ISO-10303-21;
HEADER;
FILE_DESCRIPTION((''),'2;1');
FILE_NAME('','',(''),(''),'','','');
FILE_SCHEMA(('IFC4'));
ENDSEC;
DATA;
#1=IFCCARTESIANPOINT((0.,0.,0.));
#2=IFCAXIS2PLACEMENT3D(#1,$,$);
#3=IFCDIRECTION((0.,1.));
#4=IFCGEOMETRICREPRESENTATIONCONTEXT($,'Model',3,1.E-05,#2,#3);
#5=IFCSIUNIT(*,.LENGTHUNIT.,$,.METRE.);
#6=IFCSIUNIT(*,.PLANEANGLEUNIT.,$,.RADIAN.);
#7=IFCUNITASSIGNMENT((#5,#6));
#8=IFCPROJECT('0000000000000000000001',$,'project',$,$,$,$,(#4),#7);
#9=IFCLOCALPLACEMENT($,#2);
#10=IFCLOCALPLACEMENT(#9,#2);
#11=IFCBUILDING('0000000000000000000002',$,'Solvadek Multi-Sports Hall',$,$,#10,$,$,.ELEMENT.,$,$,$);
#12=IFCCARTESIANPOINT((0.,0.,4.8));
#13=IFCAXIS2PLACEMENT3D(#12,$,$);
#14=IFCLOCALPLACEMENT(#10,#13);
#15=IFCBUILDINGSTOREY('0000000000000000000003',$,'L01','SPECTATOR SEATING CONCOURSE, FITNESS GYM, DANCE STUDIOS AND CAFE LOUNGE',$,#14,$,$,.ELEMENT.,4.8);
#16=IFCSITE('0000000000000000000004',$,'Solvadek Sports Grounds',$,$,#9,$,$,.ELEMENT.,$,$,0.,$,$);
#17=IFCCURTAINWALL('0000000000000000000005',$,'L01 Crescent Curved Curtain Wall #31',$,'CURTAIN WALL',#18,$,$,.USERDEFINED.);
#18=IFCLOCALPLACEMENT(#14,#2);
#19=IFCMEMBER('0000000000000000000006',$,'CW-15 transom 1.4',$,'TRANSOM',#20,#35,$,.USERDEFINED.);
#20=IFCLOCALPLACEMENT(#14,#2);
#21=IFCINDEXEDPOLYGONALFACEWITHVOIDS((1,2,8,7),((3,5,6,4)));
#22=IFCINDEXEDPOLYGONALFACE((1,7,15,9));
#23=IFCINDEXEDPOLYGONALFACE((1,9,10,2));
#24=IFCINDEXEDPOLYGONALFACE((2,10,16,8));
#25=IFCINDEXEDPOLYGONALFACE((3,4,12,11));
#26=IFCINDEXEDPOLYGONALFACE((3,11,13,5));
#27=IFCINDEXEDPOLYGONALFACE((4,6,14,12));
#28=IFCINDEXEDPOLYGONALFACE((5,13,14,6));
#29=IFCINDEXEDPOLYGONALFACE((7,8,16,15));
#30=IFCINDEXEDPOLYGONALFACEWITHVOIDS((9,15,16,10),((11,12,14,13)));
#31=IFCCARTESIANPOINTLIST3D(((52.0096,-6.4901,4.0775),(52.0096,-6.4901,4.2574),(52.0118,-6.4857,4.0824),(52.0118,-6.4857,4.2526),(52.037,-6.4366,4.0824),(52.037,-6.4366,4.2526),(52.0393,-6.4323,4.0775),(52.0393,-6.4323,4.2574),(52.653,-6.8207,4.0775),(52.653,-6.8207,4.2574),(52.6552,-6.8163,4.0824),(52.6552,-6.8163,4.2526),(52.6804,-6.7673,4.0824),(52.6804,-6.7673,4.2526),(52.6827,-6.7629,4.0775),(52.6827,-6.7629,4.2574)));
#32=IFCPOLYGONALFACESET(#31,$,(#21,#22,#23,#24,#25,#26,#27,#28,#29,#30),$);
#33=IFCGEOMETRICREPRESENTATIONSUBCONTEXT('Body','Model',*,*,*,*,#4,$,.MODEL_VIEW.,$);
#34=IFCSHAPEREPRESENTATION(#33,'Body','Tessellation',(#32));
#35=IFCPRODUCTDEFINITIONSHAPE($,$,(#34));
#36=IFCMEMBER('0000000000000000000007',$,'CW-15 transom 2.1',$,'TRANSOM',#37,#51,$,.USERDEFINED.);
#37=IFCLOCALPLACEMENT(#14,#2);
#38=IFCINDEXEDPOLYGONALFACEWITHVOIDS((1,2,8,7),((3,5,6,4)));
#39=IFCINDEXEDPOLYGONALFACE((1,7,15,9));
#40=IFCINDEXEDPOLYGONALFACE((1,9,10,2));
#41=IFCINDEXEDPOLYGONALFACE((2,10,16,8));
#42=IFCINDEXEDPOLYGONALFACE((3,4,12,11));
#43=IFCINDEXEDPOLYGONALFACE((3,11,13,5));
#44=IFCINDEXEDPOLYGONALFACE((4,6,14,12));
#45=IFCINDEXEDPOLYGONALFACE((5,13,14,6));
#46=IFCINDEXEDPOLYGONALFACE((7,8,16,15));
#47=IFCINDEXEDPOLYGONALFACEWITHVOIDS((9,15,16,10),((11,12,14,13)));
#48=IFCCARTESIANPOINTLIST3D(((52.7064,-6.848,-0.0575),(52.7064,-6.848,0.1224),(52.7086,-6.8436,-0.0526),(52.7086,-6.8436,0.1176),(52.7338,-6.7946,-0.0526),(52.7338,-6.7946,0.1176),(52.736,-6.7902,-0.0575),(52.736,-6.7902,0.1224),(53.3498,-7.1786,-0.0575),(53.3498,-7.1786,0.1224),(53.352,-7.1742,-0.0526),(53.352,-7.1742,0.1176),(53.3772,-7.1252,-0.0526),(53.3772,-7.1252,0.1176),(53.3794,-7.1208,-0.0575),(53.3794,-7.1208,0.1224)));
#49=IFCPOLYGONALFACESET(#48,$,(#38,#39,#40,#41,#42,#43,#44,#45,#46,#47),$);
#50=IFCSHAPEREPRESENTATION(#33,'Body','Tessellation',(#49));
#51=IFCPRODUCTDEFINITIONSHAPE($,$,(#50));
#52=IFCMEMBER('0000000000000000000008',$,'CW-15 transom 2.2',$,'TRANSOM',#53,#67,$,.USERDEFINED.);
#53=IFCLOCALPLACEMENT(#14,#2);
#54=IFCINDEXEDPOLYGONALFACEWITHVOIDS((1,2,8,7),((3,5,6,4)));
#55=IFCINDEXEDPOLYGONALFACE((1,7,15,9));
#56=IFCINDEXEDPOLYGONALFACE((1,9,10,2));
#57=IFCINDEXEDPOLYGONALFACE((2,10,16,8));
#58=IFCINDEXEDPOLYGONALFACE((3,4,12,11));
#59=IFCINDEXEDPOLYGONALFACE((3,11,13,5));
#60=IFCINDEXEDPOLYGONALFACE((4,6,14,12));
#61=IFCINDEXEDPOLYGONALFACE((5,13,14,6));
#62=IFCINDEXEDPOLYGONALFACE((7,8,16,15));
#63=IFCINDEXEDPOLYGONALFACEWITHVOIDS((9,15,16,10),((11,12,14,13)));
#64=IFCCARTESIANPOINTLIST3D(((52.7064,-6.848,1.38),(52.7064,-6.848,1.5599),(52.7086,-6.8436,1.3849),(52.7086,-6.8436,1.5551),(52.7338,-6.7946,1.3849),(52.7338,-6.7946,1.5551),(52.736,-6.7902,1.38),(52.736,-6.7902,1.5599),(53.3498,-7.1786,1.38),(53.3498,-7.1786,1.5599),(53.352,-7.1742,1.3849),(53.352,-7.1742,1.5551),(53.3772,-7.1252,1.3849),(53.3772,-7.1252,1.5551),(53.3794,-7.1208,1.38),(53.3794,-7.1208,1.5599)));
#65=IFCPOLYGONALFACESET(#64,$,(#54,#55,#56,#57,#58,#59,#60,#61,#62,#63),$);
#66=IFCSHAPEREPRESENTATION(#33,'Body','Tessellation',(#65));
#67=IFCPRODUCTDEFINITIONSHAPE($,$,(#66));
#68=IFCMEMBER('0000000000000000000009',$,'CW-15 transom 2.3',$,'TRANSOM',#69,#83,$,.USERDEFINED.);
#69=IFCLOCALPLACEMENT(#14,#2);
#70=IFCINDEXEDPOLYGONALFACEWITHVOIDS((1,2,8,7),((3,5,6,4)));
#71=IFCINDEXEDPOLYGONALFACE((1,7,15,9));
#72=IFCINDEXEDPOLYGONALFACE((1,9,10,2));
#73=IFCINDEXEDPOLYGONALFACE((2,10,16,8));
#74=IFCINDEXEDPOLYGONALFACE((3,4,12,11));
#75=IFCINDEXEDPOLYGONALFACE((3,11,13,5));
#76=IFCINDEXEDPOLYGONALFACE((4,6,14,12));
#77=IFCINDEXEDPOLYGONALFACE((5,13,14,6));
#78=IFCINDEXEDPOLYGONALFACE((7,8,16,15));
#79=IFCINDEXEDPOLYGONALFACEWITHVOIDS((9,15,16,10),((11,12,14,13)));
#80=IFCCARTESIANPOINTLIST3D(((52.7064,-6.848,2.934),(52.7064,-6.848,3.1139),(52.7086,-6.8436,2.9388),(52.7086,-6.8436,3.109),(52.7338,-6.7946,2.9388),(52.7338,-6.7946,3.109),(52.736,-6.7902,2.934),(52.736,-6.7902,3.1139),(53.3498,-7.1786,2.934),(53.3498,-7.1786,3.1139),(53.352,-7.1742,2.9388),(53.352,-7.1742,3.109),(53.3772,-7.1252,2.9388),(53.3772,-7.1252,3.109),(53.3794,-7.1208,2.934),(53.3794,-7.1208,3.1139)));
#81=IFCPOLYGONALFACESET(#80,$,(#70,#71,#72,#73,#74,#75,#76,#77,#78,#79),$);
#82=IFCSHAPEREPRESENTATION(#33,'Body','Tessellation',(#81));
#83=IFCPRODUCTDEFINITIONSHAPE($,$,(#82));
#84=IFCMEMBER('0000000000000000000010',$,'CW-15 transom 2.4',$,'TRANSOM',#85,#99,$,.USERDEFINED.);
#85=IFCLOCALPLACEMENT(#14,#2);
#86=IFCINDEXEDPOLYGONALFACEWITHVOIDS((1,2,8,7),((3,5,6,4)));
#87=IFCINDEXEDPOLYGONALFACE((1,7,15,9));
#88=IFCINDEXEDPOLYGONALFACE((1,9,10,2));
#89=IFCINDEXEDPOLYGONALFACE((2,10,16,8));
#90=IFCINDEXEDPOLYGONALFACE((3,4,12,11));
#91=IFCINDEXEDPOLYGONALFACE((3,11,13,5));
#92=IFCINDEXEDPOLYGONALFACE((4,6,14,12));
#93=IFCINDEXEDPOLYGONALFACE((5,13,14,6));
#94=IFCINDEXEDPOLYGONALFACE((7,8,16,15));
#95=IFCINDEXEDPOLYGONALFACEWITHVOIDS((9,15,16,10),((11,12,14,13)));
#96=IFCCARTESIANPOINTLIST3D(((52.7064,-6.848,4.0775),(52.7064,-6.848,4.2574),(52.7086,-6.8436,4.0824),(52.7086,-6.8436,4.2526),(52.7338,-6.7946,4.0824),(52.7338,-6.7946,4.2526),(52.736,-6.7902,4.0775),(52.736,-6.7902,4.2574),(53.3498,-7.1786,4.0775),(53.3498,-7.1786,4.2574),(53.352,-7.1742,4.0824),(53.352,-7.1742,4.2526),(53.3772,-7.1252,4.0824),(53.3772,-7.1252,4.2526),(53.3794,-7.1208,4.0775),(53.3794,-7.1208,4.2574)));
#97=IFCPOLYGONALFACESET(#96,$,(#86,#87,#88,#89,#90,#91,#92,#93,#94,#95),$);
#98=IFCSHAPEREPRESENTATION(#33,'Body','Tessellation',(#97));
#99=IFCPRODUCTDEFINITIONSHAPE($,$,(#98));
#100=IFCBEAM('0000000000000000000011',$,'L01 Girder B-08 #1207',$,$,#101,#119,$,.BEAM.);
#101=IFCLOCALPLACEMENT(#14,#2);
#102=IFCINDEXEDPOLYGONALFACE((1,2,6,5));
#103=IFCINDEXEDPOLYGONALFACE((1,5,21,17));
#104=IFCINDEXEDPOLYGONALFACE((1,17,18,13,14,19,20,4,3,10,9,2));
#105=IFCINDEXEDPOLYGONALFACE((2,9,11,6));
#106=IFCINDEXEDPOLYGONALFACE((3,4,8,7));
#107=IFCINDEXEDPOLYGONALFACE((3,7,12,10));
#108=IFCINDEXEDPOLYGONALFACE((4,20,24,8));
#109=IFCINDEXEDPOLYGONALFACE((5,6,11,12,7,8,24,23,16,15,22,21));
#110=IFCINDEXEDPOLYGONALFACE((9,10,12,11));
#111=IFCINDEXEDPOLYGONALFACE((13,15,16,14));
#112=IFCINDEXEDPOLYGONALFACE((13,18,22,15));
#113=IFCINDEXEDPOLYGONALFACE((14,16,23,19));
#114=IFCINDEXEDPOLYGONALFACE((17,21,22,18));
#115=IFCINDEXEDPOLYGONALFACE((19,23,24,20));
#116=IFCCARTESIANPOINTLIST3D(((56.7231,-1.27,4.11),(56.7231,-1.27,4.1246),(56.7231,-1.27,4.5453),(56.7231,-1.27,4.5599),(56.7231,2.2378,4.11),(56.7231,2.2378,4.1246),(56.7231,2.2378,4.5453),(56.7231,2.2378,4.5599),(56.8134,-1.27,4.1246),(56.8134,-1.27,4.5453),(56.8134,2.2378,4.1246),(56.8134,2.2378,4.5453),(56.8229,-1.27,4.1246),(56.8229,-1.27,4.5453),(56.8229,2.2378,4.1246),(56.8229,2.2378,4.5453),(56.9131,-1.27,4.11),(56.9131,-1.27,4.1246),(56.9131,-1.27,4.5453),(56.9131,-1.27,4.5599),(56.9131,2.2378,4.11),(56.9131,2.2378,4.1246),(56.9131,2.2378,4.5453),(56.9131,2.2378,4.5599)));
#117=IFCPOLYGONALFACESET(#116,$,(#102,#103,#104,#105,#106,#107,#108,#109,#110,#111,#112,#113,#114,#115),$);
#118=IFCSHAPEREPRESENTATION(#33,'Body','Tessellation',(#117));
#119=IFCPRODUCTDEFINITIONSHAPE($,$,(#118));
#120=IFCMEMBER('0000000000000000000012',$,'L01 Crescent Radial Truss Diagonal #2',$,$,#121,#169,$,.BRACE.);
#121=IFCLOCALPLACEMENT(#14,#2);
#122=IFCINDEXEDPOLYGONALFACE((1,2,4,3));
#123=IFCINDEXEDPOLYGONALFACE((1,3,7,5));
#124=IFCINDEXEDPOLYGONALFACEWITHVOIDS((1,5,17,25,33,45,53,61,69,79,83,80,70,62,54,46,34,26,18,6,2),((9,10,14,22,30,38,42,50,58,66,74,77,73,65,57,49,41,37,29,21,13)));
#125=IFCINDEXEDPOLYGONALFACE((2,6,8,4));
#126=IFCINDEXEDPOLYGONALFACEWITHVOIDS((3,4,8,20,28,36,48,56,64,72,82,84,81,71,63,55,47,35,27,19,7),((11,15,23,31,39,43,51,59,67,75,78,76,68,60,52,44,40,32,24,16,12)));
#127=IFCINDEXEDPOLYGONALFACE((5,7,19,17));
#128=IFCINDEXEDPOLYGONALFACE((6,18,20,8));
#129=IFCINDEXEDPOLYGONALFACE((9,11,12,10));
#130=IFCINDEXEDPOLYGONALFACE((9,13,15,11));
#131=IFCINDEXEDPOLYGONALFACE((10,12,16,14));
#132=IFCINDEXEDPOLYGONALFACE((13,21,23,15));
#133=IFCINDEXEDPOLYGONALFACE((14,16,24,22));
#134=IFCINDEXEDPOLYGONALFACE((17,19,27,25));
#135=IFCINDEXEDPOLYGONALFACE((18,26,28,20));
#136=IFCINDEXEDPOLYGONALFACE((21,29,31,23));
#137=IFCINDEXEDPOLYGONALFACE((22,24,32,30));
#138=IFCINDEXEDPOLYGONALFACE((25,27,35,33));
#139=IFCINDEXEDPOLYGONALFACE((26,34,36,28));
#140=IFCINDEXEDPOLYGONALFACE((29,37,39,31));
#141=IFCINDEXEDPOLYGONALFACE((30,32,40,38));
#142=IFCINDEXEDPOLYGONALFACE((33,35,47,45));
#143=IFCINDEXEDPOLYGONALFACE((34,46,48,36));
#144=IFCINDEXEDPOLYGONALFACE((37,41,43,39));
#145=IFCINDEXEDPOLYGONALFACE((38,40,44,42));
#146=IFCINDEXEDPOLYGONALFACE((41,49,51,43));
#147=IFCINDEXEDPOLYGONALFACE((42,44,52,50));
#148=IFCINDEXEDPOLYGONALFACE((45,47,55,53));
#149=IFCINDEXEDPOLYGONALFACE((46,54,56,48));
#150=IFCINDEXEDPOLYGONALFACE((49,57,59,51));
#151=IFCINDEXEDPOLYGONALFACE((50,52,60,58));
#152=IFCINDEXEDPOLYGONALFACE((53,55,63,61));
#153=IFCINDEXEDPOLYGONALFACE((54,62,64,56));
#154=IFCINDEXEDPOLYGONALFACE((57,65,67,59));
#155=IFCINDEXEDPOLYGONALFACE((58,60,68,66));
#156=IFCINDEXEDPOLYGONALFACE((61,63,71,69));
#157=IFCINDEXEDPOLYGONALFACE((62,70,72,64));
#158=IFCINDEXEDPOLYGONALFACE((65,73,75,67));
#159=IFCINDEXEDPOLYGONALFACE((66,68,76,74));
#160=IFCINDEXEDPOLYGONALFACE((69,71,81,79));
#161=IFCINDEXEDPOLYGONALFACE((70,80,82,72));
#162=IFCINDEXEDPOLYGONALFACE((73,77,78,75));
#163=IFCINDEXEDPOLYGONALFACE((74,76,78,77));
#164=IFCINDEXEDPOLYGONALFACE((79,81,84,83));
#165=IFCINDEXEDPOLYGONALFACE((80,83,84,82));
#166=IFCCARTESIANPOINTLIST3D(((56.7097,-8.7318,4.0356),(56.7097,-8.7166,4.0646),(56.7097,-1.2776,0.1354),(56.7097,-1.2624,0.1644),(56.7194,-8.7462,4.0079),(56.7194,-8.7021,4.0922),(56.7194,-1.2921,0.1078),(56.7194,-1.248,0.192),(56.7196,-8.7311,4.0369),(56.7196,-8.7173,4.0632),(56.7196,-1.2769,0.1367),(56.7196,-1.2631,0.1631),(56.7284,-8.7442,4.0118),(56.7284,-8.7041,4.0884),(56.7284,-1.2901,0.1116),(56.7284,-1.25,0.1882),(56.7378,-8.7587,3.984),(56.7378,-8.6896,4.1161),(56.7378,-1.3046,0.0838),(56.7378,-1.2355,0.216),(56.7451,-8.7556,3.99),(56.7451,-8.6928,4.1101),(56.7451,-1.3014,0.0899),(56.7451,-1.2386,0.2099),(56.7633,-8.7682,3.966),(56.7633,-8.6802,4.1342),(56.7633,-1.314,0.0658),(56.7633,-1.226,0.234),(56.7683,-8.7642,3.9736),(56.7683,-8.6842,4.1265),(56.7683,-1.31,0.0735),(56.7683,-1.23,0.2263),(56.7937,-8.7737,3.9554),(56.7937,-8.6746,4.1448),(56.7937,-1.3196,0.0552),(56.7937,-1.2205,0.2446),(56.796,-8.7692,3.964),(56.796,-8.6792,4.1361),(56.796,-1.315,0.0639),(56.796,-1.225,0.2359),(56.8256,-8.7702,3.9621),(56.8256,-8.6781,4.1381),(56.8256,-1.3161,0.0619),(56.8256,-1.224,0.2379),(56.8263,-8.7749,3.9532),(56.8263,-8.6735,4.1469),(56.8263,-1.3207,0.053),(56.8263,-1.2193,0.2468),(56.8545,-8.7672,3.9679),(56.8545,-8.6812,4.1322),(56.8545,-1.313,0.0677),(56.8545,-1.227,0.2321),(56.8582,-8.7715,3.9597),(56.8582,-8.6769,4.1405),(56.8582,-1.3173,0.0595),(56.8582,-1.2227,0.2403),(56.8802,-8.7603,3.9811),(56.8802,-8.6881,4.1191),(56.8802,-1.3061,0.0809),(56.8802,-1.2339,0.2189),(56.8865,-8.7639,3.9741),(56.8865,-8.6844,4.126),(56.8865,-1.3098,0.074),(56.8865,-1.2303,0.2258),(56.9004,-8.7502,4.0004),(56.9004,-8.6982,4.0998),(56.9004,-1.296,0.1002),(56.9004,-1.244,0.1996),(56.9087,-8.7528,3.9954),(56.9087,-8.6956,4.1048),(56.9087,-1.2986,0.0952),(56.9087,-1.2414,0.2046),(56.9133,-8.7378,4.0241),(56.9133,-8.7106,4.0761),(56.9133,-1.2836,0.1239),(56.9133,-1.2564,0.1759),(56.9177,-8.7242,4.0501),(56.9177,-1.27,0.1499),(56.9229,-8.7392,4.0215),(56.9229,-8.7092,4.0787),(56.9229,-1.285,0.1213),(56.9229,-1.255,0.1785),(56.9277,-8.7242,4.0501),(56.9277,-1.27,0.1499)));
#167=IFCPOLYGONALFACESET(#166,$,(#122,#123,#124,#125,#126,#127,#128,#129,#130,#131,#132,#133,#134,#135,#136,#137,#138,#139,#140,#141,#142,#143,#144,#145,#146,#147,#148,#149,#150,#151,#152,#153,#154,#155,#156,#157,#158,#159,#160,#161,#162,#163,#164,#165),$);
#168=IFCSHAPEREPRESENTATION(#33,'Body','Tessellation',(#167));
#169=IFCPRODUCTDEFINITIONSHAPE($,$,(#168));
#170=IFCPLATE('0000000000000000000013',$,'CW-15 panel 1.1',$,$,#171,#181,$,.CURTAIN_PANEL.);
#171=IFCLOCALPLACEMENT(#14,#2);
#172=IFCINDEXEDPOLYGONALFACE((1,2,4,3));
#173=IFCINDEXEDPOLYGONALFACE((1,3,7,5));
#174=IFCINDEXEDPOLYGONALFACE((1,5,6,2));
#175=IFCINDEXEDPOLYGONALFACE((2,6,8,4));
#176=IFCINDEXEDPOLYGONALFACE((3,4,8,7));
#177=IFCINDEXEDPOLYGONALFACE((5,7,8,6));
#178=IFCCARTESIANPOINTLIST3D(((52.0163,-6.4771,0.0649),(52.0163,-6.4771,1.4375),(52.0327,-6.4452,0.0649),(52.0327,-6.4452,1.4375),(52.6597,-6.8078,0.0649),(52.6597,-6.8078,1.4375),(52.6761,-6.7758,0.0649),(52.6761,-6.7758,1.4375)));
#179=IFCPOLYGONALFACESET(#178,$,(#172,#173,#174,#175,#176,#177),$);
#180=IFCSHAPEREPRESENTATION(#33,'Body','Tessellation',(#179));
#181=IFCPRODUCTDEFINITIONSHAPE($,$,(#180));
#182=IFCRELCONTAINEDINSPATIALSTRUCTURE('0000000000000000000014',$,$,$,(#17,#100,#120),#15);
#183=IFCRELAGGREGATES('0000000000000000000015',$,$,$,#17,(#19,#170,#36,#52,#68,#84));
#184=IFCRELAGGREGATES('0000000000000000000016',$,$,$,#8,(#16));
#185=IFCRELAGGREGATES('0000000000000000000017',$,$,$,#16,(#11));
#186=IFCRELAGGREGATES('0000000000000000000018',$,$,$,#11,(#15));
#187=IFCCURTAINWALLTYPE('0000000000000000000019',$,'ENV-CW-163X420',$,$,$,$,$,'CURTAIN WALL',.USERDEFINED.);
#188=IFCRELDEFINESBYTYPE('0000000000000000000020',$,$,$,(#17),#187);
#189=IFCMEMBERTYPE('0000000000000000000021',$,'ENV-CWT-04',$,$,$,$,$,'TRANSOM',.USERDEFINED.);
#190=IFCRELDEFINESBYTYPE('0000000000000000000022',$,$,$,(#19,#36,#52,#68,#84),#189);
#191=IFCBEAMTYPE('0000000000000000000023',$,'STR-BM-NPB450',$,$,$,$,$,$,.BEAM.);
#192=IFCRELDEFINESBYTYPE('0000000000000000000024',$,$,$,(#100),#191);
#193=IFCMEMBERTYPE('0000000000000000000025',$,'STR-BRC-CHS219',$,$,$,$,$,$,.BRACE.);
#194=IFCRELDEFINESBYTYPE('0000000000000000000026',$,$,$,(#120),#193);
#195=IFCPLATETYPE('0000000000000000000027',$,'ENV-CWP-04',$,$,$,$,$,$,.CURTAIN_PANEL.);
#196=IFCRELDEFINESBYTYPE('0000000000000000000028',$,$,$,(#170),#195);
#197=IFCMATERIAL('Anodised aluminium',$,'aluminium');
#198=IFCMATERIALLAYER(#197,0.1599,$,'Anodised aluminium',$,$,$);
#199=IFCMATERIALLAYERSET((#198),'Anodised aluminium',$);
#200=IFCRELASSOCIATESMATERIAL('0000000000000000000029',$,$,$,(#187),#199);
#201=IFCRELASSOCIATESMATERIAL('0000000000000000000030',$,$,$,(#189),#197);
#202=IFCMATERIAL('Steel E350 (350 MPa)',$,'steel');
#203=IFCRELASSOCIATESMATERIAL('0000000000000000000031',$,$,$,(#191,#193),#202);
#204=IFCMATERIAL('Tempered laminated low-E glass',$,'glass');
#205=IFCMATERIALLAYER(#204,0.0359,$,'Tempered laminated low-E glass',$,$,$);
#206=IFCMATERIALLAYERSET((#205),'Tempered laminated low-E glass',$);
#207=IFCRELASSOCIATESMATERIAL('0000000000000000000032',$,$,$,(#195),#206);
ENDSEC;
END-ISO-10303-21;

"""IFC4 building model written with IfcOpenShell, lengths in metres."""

from ifc_helpers import new_model, si_unit, direction, frame, origin, origin_2d, place, context, subcontext, project, spatial, rectangle, hollow_rectangle, hollow_circle, i_section, extrude, material, layer, layer_set, material_profile, profile_set, type_object, element, aggregate, save


model = new_model("IFC4")

# Units and contexts
model_context = context("Model", 3, precision=1e-05, world=origin(), true_north=direction((0.0, 1.0)))
body_context = subcontext(model_context, "Body", "Model", "MODEL_VIEW")
ifc_project = project(units=[si_unit("LENGTHUNIT", "METRE"), si_unit("PLANEANGLEUNIT", "RADIAN")], contexts=[model_context])

# Site, building, storey
site_placement = place(None, origin())
site = spatial("IfcSite", under=ifc_project, at=site_placement, Name="Solvadek Sports Grounds", CompositionType="ELEMENT", RefElevation=0.0)
building_placement = place(site_placement, origin())
building = spatial("IfcBuilding", under=site, at=building_placement, Name="Solvadek Multi-Sports Hall", CompositionType="ELEMENT")
storey_placement = place(building_placement, frame((0.0, 0.0, 4.8)))
storey = spatial("IfcBuildingStorey", under=building, at=storey_placement, Name="L01", Description="SPECTATOR SEATING CONCOURSE, FITNESS GYM, DANCE STUDIOS AND CAFE LOUNGE", CompositionType="ELEMENT", Elevation=4.8)

# Shared definitions
ifc_material_1 = material(Name="Steel E350 (350 MPa)", Category="steel")

# Curtain wall
ifc_material_2 = material(Name="Anodised aluminium", Category="aluminium")
ifc_layer_1 = layer(ifc_material_2, 0.1599, Name="Anodised aluminium")
ifc_layer_set_1 = layer_set([ifc_layer_1], Name="Anodised aluminium")
curtain_wall_type_1 = type_object("IfcCurtainWallType", Name="ENV-CW-163X420", ElementType="CURTAIN WALL", PredefinedType="USERDEFINED", material=ifc_layer_set_1)
curtain_wall_1_placement = place(storey_placement, origin())
curtain_wall_1 = element("IfcCurtainWall", 1, at=curtain_wall_1_placement, inside=storey, type_object=curtain_wall_type_1, Name="L01 Crescent Curved Curtain Wall #31", ObjectType="CURTAIN WALL", PredefinedType="USERDEFINED")

# Members
ifc_material_profile_1 = material_profile(ifc_material_2, hollow_rectangle(XDim=0.0649, YDim=0.1799, WallThickness=0.0049, at=origin_2d()), Name="ALU-T 180x65x5")
ifc_profile_set_1 = profile_set([ifc_material_profile_1], Name="Anodised aluminium")
member_type_1 = type_object("IfcMemberType", Name="ENV-CWT-04", ElementType="TRANSOM", PredefinedType="USERDEFINED", material=ifc_profile_set_1)
member_1_placement = place(storey_placement, frame((52.0244, -6.4612, 4.1675), z_axis=(0.889445, -0.457043, 0.0), x_axis=(0.457043, 0.889445, 0.0)))
member_1 = element("IfcMember", 2, at=member_1_placement, type_object=member_type_1, Name="CW-15 transom 1.4", ObjectType="TRANSOM", PredefinedType="USERDEFINED", context=body_context, shape_type="SweptSolid", body=[
    extrude(hollow_rectangle(XDim=0.0649, YDim=0.1799, WallThickness=0.0049, at=origin_2d()), origin(), (0.0, 0.0, 1.0), 0.7234),
])
member_2_placement = place(storey_placement, frame((52.7212, -6.8191, 0.0325), z_axis=(0.889445, -0.457043, 0.0), x_axis=(0.457043, 0.889445, 0.0)))
member_2 = element("IfcMember", 3, at=member_2_placement, type_object=member_type_1, Name="CW-15 transom 2.1", ObjectType="TRANSOM", PredefinedType="USERDEFINED", context=body_context, shape_type="SweptSolid", body=[
    extrude(hollow_rectangle(XDim=0.0649, YDim=0.1799, WallThickness=0.0049, at=origin_2d()), origin(), (0.0, 0.0, 1.0), 0.7234),
])
member_3_placement = place(storey_placement, frame((52.7212, -6.8191, 1.47), z_axis=(0.889445, -0.457043, 0.0), x_axis=(0.457043, 0.889445, 0.0)))
member_3 = element("IfcMember", 4, at=member_3_placement, type_object=member_type_1, Name="CW-15 transom 2.2", ObjectType="TRANSOM", PredefinedType="USERDEFINED", context=body_context, shape_type="SweptSolid", body=[
    extrude(hollow_rectangle(XDim=0.0649, YDim=0.1799, WallThickness=0.0049, at=origin_2d()), origin(), (0.0, 0.0, 1.0), 0.7234),
])
member_4_placement = place(storey_placement, frame((52.7212, -6.8191, 3.0239), z_axis=(0.889445, -0.457043, 0.0), x_axis=(0.457043, 0.889445, 0.0)))
member_4 = element("IfcMember", 5, at=member_4_placement, type_object=member_type_1, Name="CW-15 transom 2.3", ObjectType="TRANSOM", PredefinedType="USERDEFINED", context=body_context, shape_type="SweptSolid", body=[
    extrude(hollow_rectangle(XDim=0.0649, YDim=0.1799, WallThickness=0.0049, at=origin_2d()), origin(), (0.0, 0.0, 1.0), 0.7234),
])
member_5_placement = place(storey_placement, frame((52.7212, -6.8191, 4.1675), z_axis=(0.889445, -0.457043, 0.0), x_axis=(0.457043, 0.889445, 0.0)))
member_5 = element("IfcMember", 6, at=member_5_placement, type_object=member_type_1, Name="CW-15 transom 2.4", ObjectType="TRANSOM", PredefinedType="USERDEFINED", context=body_context, shape_type="SweptSolid", body=[
    extrude(hollow_rectangle(XDim=0.0649, YDim=0.1799, WallThickness=0.0049, at=origin_2d()), origin(), (0.0, 0.0, 1.0), 0.7234),
])

# Beam
ifc_material_profile_2 = material_profile(ifc_material_1, i_section(OverallWidth=0.1899, OverallDepth=0.45, WebThickness=0.0095, FlangeThickness=0.0146, at=origin_2d()), Name="NPB 450")
ifc_profile_set_2 = profile_set([ifc_material_profile_2], Name="Steel E350 (350 MPa)")
beam_type = type_object("IfcBeamType", Name="STR-BM-NPB450", PredefinedType="BEAM", material=ifc_profile_set_2)
beam_placement = place(storey_placement, frame((56.8181, -1.27, 4.335), z_axis=(0.0, 1.0, 0.0), x_axis=(-1.0, 0.0, 0.0)))
element("IfcBeam", 7, at=beam_placement, inside=storey, type_object=beam_type, Name="L01 Girder B-08 #1207", PredefinedType="BEAM", context=body_context, shape_type="SweptSolid", body=[
    extrude(i_section(OverallWidth=0.1899, OverallDepth=0.45, WebThickness=0.0095, FlangeThickness=0.0146, at=origin_2d()), origin(), (0.0, 0.0, 1.0), 3.5078),
])

# Member
ifc_material_profile_3 = material_profile(ifc_material_1, hollow_circle(Radius=0.1096, WallThickness=0.01, at=origin_2d()), Name="CHS 219.1x10")
ifc_profile_set_3 = profile_set([ifc_material_profile_3], Name="Steel E350 (350 MPa)")
member_type_2 = type_object("IfcMemberType", Name="STR-BRC-CHS219", PredefinedType="BRACE", material=ifc_profile_set_3)
member_6_placement = place(storey_placement, frame((56.8181, -1.27, 0.1499), z_axis=(0.0, -0.886046, 0.463598), x_axis=(1.0, 0.0, 0.0)))
element("IfcMember", 8, at=member_6_placement, inside=storey, type_object=member_type_2, Name="L01 Crescent Radial Truss Diagonal #2", PredefinedType="BRACE", context=body_context, shape_type="SweptSolid", body=[
    extrude(hollow_circle(Radius=0.1096, WallThickness=0.01, at=origin_2d()), origin(), (0.0, 0.0, 1.0), 8.4128),
])

# Plate
ifc_material_3 = material(Name="Tempered laminated low-E glass", Category="glass")
ifc_layer_2 = layer(ifc_material_3, 0.0359, Name="Tempered laminated low-E glass")
ifc_layer_set_2 = layer_set([ifc_layer_2], Name="Tempered laminated low-E glass")
plate_type_1 = type_object("IfcPlateType", Name="ENV-CWP-04", PredefinedType="CURTAIN_PANEL", material=ifc_layer_set_2)
plate_1_placement = place(storey_placement, frame((52.3462, -6.6265, 0.0649), z_axis=(0.0, 0.0, 1.0), x_axis=(0.889417, -0.457097, 0.0)))
plate_1 = element("IfcPlate", 9, at=plate_1_placement, type_object=plate_type_1, Name="CW-15 panel 1.1", PredefinedType="CURTAIN_PANEL", context=body_context, shape_type="SweptSolid", body=[
    extrude(rectangle(XDim=0.7234, YDim=0.0359, at=origin_2d()), origin(), (0.0, 0.0, 1.0), 1.3726),
])
aggregate(curtain_wall_1, [member_1, plate_1, member_2, member_3, member_4, member_5])

save(model, "model.ifc")
